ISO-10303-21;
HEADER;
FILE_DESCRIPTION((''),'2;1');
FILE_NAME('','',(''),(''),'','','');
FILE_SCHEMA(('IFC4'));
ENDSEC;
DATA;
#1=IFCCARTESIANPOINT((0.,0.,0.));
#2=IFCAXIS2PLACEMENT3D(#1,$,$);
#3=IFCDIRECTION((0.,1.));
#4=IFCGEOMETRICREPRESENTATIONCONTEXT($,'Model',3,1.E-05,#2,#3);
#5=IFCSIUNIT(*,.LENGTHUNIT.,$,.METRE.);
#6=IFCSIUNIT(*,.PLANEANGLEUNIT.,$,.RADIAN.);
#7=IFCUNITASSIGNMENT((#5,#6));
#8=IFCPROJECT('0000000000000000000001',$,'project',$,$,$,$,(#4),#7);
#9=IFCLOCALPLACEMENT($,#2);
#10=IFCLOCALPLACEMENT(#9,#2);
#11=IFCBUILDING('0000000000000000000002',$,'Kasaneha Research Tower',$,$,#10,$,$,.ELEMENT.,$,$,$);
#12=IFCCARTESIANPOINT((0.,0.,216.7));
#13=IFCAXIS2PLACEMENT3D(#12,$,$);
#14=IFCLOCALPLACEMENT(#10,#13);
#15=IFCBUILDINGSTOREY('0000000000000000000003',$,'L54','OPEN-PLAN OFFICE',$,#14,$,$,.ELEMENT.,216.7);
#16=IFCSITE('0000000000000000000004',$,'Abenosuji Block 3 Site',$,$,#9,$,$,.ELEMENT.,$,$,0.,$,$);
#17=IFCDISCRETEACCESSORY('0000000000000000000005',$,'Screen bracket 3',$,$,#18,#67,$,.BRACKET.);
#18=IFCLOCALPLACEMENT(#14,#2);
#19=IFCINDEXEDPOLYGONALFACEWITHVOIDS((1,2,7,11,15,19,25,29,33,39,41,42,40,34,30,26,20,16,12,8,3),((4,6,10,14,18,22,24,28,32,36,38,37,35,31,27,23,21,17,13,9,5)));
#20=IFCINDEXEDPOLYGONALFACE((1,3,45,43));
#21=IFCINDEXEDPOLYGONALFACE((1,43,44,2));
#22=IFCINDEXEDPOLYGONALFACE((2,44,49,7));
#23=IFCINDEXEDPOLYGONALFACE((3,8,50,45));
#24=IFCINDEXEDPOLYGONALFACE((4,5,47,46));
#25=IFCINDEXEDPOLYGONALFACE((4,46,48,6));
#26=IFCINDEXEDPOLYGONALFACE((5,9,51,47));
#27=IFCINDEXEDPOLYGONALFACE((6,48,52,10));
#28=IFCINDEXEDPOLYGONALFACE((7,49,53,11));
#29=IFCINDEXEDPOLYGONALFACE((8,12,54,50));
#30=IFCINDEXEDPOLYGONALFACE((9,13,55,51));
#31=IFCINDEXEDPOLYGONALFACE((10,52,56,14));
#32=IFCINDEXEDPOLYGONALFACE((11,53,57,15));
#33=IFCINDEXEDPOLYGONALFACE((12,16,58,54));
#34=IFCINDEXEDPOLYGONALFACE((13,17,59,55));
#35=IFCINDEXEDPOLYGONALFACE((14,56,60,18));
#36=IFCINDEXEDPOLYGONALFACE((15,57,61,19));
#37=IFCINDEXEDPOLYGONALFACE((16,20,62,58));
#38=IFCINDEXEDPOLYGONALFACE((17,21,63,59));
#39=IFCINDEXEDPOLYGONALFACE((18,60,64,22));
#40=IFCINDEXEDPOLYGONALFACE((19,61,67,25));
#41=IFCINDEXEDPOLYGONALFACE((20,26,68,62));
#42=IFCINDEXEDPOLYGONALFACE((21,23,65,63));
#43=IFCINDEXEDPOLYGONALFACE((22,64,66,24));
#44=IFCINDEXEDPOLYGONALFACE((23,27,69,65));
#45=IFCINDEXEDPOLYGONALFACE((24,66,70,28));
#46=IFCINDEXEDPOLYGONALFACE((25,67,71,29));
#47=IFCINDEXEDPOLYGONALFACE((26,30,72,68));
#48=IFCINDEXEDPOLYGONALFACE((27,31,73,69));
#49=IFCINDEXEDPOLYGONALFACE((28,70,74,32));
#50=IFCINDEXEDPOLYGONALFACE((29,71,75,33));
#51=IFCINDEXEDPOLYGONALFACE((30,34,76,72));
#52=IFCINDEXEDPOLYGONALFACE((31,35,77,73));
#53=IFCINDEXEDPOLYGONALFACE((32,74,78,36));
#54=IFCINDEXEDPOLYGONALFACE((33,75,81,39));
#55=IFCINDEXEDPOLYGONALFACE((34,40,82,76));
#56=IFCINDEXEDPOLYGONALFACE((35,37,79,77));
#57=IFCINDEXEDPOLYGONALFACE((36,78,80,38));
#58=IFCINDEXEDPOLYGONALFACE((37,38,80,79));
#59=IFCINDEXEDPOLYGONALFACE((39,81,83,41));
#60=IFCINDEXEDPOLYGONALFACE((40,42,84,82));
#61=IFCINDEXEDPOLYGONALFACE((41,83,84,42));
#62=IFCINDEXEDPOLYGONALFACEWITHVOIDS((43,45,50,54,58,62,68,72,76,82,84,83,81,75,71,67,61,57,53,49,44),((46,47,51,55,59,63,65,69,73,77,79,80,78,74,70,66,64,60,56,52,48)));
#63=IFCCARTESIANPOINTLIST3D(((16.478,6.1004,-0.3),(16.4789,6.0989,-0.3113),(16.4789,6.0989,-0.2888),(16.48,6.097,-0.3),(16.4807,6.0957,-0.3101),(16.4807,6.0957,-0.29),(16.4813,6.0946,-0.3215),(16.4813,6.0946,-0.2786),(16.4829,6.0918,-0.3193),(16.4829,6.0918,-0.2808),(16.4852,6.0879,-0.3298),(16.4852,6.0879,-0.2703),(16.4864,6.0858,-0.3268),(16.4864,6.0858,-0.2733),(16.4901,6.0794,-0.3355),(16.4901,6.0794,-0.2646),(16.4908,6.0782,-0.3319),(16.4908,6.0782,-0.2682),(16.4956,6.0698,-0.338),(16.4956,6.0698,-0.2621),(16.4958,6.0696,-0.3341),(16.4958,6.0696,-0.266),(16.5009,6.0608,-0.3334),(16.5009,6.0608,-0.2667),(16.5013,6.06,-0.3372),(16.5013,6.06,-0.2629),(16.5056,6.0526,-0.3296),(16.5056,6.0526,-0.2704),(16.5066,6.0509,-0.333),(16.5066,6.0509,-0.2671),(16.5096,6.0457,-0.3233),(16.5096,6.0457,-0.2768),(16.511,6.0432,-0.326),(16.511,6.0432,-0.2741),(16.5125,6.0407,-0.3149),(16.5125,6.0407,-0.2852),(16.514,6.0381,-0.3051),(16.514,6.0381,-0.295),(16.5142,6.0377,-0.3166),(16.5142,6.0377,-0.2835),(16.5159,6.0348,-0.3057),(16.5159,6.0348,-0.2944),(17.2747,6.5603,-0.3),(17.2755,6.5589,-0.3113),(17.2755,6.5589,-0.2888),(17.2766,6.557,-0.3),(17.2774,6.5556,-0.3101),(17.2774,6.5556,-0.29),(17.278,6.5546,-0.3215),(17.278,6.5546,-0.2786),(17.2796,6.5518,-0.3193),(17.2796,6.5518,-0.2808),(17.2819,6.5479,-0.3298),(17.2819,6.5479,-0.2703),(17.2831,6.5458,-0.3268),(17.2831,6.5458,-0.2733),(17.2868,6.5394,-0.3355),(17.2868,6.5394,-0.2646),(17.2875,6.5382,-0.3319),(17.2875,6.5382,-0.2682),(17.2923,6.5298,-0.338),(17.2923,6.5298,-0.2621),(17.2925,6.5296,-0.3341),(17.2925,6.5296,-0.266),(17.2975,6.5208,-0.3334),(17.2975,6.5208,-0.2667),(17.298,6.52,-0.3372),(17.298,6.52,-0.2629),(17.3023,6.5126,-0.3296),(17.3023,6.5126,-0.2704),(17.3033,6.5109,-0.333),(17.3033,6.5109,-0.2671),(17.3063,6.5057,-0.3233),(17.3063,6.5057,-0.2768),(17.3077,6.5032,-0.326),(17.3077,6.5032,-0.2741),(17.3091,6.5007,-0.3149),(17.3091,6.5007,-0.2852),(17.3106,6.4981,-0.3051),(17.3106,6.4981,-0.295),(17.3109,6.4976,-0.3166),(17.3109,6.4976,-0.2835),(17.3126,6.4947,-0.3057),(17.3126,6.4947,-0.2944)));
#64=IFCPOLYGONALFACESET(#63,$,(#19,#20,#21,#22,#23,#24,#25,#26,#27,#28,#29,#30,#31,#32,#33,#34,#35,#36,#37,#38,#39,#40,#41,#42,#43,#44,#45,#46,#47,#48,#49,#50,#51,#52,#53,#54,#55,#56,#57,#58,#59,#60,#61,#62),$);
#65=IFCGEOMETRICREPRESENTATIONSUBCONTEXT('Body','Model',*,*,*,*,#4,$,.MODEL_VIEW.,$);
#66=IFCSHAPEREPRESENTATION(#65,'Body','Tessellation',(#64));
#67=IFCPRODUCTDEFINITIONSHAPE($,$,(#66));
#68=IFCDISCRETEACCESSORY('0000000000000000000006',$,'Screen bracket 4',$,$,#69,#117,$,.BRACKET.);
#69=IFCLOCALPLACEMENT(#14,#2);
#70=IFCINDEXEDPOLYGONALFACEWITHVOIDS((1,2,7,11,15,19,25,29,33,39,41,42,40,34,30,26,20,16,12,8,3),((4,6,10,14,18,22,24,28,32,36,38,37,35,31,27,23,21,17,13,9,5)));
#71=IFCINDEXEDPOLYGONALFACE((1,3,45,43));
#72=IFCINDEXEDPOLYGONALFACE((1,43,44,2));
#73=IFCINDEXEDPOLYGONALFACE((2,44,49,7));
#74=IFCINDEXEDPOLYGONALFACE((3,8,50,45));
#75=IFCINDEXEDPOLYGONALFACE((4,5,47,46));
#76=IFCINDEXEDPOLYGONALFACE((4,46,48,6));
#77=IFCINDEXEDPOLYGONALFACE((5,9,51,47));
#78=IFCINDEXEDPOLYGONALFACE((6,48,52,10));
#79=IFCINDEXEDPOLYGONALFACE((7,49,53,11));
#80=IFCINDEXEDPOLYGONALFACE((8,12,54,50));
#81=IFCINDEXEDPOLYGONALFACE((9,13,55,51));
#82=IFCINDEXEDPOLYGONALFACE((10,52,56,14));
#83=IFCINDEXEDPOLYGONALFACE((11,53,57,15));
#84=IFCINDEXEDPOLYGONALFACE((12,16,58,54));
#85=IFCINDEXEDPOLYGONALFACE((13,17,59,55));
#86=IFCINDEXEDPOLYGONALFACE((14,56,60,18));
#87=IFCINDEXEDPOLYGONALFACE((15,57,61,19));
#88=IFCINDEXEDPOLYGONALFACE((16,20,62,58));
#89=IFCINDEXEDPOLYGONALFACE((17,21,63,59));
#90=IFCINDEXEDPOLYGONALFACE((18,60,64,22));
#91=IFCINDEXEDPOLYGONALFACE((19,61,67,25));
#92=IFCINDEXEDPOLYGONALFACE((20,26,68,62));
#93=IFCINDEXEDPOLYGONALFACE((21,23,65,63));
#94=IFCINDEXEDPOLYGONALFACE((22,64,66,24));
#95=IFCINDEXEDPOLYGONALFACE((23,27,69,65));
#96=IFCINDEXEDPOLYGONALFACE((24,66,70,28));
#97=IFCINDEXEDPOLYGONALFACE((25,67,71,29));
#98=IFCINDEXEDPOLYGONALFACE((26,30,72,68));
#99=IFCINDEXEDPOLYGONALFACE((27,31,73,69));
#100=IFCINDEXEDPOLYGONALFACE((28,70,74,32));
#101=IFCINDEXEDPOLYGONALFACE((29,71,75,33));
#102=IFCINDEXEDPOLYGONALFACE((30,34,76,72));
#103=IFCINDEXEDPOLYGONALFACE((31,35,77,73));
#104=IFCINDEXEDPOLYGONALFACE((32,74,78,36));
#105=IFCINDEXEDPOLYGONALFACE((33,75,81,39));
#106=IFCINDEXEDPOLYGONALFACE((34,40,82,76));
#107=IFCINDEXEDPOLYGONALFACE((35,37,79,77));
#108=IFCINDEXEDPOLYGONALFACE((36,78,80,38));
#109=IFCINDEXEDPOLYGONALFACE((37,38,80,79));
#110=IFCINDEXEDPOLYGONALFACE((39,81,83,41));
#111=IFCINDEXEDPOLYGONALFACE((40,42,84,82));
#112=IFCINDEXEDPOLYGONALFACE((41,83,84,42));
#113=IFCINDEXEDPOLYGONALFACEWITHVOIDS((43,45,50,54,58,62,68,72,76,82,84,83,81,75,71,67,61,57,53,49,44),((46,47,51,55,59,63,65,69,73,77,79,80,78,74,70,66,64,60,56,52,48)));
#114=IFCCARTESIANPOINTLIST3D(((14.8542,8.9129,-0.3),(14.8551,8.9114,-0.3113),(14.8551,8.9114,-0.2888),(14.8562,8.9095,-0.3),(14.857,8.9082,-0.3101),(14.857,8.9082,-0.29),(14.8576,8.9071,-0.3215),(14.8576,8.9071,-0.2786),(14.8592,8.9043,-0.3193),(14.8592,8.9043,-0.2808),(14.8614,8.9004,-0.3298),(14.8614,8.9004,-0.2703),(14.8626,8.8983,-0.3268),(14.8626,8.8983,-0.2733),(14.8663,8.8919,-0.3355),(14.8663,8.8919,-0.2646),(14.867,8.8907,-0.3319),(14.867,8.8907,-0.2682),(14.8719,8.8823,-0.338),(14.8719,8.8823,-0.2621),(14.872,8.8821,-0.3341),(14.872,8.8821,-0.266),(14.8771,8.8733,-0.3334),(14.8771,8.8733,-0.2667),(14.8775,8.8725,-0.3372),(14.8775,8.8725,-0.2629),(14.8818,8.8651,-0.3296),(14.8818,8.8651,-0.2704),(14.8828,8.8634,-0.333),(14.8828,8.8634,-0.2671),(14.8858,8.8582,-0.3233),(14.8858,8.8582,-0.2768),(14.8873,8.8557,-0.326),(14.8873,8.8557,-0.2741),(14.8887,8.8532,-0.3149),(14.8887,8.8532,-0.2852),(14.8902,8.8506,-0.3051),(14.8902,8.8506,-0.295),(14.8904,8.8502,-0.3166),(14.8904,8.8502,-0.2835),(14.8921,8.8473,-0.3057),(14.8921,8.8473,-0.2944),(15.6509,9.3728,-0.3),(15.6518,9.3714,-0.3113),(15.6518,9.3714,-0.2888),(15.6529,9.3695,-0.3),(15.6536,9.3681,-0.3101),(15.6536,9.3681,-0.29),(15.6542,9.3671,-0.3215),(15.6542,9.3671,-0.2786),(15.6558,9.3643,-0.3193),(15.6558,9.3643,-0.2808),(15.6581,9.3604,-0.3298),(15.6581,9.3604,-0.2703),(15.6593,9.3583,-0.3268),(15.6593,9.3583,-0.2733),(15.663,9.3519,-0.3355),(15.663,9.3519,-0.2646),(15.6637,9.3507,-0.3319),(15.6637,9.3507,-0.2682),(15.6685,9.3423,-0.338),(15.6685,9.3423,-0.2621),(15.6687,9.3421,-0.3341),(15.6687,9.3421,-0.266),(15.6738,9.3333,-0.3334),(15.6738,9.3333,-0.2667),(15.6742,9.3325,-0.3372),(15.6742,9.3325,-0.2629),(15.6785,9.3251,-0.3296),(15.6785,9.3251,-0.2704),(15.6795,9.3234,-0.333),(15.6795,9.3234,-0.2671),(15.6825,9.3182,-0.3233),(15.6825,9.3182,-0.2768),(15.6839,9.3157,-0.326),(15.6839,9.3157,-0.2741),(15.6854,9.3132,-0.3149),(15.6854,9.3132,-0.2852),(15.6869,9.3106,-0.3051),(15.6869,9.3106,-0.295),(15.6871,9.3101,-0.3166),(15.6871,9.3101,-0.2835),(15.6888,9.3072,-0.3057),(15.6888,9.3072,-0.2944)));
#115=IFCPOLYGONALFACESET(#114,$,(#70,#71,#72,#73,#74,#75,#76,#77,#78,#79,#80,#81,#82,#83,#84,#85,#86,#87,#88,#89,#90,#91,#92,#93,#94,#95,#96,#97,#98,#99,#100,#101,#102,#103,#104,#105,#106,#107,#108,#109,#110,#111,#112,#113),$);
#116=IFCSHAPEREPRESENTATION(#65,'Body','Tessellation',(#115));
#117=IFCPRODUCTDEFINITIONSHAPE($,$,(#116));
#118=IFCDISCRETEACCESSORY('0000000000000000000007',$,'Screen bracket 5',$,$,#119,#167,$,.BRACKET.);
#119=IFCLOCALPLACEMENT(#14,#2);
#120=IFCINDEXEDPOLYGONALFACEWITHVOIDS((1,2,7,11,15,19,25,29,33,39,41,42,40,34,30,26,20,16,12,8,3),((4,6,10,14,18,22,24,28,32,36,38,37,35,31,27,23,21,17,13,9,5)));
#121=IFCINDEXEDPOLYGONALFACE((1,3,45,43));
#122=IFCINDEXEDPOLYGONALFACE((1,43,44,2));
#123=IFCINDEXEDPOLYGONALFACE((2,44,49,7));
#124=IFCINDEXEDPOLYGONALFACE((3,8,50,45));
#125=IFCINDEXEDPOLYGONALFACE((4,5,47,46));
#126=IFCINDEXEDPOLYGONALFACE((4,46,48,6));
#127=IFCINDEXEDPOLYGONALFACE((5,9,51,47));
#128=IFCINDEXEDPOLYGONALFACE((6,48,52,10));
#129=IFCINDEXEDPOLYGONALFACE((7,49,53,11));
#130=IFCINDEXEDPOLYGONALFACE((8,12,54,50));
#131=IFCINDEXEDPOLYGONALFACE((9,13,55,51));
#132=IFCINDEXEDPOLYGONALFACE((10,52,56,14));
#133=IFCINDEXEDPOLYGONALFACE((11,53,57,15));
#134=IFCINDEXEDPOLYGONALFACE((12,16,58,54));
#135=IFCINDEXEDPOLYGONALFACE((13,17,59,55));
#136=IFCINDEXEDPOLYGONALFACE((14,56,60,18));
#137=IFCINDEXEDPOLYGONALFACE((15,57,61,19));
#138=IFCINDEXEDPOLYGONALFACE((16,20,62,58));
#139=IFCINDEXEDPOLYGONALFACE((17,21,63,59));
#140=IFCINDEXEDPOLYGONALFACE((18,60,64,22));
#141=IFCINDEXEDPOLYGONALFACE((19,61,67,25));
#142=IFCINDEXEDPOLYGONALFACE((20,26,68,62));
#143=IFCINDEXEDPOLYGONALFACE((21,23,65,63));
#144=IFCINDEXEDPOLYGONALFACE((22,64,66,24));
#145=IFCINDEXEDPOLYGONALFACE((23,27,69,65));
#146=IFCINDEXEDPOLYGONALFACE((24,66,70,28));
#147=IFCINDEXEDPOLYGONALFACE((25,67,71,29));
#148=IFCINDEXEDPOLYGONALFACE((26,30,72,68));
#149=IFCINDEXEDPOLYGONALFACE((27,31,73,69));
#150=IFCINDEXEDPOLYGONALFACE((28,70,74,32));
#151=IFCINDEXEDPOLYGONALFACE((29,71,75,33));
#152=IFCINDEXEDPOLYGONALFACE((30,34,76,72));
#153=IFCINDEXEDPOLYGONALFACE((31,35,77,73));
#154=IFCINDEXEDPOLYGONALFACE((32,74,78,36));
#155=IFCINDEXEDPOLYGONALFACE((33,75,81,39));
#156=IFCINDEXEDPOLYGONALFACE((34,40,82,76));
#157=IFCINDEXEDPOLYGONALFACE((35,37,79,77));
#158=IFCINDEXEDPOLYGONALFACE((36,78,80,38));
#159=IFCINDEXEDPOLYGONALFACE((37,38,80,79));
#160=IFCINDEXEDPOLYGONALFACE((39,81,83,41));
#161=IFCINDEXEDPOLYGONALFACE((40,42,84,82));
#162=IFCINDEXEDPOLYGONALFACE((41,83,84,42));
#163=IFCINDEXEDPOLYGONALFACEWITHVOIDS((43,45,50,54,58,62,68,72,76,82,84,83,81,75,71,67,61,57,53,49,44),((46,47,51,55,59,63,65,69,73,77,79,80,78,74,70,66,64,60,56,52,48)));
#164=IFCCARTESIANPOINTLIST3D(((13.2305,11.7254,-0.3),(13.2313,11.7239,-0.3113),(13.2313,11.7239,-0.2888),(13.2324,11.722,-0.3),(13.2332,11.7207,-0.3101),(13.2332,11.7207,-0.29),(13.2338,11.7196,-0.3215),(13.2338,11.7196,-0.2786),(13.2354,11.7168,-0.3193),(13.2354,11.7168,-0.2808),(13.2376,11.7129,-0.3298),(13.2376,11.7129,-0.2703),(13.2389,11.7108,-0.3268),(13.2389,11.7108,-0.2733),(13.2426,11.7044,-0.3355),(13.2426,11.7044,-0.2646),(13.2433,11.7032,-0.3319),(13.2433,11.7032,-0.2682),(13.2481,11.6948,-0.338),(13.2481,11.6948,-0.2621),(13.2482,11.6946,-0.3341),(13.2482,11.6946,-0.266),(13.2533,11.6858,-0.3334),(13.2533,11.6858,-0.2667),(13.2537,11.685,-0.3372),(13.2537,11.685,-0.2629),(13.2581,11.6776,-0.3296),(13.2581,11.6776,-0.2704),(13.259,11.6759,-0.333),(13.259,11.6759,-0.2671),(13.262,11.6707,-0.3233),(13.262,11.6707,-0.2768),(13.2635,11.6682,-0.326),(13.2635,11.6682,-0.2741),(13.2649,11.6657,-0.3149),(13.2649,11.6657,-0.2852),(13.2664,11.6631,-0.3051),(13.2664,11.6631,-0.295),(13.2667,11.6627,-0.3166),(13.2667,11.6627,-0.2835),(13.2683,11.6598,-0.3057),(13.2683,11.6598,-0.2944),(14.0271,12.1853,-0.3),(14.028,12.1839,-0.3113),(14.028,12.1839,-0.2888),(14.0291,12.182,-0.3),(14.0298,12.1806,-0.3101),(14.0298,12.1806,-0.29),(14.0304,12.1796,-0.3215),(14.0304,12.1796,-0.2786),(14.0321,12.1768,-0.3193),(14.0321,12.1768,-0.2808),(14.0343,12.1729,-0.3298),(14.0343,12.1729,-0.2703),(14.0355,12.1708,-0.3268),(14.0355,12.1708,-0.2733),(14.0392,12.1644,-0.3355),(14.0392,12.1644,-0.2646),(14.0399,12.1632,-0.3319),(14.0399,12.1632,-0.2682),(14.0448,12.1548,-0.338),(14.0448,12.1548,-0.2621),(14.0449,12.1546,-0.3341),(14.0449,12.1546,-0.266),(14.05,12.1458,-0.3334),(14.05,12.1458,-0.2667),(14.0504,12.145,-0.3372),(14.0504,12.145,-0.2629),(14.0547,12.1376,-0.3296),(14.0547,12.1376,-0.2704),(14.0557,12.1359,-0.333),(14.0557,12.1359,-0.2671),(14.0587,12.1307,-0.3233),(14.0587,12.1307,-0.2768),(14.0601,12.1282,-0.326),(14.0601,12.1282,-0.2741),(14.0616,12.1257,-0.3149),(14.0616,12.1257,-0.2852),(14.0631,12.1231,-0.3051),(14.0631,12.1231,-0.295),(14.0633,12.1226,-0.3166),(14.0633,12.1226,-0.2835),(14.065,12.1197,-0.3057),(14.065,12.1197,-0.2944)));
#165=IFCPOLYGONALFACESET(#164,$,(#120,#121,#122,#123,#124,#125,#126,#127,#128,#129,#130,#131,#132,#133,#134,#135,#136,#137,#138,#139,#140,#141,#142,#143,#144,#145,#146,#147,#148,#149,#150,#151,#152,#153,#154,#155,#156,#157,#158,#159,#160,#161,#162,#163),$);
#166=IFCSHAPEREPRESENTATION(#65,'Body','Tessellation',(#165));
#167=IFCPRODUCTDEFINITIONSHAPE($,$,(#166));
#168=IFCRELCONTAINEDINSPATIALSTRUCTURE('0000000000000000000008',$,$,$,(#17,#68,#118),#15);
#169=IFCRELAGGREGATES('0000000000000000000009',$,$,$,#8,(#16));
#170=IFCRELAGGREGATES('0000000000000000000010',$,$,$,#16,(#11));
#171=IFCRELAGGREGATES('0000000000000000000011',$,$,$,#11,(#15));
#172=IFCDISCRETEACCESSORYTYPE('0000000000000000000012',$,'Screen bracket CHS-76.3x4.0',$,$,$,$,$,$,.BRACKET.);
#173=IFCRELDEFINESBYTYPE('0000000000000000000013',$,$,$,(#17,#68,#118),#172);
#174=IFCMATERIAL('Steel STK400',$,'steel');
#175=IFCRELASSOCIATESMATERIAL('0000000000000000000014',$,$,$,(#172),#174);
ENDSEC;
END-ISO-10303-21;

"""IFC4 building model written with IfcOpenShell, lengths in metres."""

from ifc_helpers import new_model, si_unit, direction, frame, origin, origin_2d, place, context, subcontext, project, spatial, hollow_circle, extrude, material, material_profile, profile_set, type_object, element, save


model = new_model("IFC4")

# Units and contexts
model_context = context("Model", 3, precision=1e-05, world=origin(), true_north=direction((0.0, 1.0)))
body_context = subcontext(model_context, "Body", "Model", "MODEL_VIEW")
ifc_project = project(units=[si_unit("LENGTHUNIT", "METRE"), si_unit("PLANEANGLEUNIT", "RADIAN")], contexts=[model_context])

# Site, building, storey
site_placement = place(None, origin())
site = spatial("IfcSite", under=ifc_project, at=site_placement, Name="Abenosuji Block 3 Site", CompositionType="ELEMENT", RefElevation=0.0)
building_placement = place(site_placement, origin())
building = spatial("IfcBuilding", under=site, at=building_placement, Name="Kasaneha Research Tower", CompositionType="ELEMENT")
storey_placement = place(building_placement, frame((0.0, 0.0, 216.7)))
storey = spatial("IfcBuildingStorey", under=building, at=storey_placement, Name="L54", Description="OPEN-PLAN OFFICE", CompositionType="ELEMENT", Elevation=216.7)

# Discrete accessories
ifc_material_1 = material(Name="Steel STK400", Category="steel")
ifc_material_profile_1 = material_profile(ifc_material_1, hollow_circle(Radius=0.0381, WallThickness=0.0039, at=origin_2d()), Name="CHS-76.3x4.0")
ifc_profile_set_1 = profile_set([ifc_material_profile_1], Name="Steel STK400")
discrete_accessory_type = type_object("IfcDiscreteAccessoryType", Name="Screen bracket CHS-76.3x4.0", PredefinedType="BRACKET", material=ifc_profile_set_1)
for number, where, z_axis, x_axis, name in (
    (1, (16.4971, 6.0674, -0.3), (0.866013, 0.500021, 0.0), (-0.500021, 0.866013, 0.0), "Screen bracket 3"),
    (2, (14.8733, 8.8799, -0.3), (0.866013, 0.500021, 0.0), (-0.500021, 0.866013, 0.0), "Screen bracket 4"),
    (3, (13.2495, 11.6924, -0.3), (0.866013, 0.500021, 0.0), (-0.500021, 0.866013, 0.0), "Screen bracket 5"),
):
    element("IfcDiscreteAccessory", number, at=place(storey_placement, frame(where, z_axis=z_axis, x_axis=x_axis)), inside=storey, type_object=discrete_accessory_type, Name=name, PredefinedType="BRACKET", context=body_context, shape_type="SweptSolid", body=[
        extrude(hollow_circle(Radius=0.0381, WallThickness=0.0039, at=origin_2d()), origin(), (0.0, 0.0, 1.0), 0.9199),
    ])

save(model, "model.ifc")
